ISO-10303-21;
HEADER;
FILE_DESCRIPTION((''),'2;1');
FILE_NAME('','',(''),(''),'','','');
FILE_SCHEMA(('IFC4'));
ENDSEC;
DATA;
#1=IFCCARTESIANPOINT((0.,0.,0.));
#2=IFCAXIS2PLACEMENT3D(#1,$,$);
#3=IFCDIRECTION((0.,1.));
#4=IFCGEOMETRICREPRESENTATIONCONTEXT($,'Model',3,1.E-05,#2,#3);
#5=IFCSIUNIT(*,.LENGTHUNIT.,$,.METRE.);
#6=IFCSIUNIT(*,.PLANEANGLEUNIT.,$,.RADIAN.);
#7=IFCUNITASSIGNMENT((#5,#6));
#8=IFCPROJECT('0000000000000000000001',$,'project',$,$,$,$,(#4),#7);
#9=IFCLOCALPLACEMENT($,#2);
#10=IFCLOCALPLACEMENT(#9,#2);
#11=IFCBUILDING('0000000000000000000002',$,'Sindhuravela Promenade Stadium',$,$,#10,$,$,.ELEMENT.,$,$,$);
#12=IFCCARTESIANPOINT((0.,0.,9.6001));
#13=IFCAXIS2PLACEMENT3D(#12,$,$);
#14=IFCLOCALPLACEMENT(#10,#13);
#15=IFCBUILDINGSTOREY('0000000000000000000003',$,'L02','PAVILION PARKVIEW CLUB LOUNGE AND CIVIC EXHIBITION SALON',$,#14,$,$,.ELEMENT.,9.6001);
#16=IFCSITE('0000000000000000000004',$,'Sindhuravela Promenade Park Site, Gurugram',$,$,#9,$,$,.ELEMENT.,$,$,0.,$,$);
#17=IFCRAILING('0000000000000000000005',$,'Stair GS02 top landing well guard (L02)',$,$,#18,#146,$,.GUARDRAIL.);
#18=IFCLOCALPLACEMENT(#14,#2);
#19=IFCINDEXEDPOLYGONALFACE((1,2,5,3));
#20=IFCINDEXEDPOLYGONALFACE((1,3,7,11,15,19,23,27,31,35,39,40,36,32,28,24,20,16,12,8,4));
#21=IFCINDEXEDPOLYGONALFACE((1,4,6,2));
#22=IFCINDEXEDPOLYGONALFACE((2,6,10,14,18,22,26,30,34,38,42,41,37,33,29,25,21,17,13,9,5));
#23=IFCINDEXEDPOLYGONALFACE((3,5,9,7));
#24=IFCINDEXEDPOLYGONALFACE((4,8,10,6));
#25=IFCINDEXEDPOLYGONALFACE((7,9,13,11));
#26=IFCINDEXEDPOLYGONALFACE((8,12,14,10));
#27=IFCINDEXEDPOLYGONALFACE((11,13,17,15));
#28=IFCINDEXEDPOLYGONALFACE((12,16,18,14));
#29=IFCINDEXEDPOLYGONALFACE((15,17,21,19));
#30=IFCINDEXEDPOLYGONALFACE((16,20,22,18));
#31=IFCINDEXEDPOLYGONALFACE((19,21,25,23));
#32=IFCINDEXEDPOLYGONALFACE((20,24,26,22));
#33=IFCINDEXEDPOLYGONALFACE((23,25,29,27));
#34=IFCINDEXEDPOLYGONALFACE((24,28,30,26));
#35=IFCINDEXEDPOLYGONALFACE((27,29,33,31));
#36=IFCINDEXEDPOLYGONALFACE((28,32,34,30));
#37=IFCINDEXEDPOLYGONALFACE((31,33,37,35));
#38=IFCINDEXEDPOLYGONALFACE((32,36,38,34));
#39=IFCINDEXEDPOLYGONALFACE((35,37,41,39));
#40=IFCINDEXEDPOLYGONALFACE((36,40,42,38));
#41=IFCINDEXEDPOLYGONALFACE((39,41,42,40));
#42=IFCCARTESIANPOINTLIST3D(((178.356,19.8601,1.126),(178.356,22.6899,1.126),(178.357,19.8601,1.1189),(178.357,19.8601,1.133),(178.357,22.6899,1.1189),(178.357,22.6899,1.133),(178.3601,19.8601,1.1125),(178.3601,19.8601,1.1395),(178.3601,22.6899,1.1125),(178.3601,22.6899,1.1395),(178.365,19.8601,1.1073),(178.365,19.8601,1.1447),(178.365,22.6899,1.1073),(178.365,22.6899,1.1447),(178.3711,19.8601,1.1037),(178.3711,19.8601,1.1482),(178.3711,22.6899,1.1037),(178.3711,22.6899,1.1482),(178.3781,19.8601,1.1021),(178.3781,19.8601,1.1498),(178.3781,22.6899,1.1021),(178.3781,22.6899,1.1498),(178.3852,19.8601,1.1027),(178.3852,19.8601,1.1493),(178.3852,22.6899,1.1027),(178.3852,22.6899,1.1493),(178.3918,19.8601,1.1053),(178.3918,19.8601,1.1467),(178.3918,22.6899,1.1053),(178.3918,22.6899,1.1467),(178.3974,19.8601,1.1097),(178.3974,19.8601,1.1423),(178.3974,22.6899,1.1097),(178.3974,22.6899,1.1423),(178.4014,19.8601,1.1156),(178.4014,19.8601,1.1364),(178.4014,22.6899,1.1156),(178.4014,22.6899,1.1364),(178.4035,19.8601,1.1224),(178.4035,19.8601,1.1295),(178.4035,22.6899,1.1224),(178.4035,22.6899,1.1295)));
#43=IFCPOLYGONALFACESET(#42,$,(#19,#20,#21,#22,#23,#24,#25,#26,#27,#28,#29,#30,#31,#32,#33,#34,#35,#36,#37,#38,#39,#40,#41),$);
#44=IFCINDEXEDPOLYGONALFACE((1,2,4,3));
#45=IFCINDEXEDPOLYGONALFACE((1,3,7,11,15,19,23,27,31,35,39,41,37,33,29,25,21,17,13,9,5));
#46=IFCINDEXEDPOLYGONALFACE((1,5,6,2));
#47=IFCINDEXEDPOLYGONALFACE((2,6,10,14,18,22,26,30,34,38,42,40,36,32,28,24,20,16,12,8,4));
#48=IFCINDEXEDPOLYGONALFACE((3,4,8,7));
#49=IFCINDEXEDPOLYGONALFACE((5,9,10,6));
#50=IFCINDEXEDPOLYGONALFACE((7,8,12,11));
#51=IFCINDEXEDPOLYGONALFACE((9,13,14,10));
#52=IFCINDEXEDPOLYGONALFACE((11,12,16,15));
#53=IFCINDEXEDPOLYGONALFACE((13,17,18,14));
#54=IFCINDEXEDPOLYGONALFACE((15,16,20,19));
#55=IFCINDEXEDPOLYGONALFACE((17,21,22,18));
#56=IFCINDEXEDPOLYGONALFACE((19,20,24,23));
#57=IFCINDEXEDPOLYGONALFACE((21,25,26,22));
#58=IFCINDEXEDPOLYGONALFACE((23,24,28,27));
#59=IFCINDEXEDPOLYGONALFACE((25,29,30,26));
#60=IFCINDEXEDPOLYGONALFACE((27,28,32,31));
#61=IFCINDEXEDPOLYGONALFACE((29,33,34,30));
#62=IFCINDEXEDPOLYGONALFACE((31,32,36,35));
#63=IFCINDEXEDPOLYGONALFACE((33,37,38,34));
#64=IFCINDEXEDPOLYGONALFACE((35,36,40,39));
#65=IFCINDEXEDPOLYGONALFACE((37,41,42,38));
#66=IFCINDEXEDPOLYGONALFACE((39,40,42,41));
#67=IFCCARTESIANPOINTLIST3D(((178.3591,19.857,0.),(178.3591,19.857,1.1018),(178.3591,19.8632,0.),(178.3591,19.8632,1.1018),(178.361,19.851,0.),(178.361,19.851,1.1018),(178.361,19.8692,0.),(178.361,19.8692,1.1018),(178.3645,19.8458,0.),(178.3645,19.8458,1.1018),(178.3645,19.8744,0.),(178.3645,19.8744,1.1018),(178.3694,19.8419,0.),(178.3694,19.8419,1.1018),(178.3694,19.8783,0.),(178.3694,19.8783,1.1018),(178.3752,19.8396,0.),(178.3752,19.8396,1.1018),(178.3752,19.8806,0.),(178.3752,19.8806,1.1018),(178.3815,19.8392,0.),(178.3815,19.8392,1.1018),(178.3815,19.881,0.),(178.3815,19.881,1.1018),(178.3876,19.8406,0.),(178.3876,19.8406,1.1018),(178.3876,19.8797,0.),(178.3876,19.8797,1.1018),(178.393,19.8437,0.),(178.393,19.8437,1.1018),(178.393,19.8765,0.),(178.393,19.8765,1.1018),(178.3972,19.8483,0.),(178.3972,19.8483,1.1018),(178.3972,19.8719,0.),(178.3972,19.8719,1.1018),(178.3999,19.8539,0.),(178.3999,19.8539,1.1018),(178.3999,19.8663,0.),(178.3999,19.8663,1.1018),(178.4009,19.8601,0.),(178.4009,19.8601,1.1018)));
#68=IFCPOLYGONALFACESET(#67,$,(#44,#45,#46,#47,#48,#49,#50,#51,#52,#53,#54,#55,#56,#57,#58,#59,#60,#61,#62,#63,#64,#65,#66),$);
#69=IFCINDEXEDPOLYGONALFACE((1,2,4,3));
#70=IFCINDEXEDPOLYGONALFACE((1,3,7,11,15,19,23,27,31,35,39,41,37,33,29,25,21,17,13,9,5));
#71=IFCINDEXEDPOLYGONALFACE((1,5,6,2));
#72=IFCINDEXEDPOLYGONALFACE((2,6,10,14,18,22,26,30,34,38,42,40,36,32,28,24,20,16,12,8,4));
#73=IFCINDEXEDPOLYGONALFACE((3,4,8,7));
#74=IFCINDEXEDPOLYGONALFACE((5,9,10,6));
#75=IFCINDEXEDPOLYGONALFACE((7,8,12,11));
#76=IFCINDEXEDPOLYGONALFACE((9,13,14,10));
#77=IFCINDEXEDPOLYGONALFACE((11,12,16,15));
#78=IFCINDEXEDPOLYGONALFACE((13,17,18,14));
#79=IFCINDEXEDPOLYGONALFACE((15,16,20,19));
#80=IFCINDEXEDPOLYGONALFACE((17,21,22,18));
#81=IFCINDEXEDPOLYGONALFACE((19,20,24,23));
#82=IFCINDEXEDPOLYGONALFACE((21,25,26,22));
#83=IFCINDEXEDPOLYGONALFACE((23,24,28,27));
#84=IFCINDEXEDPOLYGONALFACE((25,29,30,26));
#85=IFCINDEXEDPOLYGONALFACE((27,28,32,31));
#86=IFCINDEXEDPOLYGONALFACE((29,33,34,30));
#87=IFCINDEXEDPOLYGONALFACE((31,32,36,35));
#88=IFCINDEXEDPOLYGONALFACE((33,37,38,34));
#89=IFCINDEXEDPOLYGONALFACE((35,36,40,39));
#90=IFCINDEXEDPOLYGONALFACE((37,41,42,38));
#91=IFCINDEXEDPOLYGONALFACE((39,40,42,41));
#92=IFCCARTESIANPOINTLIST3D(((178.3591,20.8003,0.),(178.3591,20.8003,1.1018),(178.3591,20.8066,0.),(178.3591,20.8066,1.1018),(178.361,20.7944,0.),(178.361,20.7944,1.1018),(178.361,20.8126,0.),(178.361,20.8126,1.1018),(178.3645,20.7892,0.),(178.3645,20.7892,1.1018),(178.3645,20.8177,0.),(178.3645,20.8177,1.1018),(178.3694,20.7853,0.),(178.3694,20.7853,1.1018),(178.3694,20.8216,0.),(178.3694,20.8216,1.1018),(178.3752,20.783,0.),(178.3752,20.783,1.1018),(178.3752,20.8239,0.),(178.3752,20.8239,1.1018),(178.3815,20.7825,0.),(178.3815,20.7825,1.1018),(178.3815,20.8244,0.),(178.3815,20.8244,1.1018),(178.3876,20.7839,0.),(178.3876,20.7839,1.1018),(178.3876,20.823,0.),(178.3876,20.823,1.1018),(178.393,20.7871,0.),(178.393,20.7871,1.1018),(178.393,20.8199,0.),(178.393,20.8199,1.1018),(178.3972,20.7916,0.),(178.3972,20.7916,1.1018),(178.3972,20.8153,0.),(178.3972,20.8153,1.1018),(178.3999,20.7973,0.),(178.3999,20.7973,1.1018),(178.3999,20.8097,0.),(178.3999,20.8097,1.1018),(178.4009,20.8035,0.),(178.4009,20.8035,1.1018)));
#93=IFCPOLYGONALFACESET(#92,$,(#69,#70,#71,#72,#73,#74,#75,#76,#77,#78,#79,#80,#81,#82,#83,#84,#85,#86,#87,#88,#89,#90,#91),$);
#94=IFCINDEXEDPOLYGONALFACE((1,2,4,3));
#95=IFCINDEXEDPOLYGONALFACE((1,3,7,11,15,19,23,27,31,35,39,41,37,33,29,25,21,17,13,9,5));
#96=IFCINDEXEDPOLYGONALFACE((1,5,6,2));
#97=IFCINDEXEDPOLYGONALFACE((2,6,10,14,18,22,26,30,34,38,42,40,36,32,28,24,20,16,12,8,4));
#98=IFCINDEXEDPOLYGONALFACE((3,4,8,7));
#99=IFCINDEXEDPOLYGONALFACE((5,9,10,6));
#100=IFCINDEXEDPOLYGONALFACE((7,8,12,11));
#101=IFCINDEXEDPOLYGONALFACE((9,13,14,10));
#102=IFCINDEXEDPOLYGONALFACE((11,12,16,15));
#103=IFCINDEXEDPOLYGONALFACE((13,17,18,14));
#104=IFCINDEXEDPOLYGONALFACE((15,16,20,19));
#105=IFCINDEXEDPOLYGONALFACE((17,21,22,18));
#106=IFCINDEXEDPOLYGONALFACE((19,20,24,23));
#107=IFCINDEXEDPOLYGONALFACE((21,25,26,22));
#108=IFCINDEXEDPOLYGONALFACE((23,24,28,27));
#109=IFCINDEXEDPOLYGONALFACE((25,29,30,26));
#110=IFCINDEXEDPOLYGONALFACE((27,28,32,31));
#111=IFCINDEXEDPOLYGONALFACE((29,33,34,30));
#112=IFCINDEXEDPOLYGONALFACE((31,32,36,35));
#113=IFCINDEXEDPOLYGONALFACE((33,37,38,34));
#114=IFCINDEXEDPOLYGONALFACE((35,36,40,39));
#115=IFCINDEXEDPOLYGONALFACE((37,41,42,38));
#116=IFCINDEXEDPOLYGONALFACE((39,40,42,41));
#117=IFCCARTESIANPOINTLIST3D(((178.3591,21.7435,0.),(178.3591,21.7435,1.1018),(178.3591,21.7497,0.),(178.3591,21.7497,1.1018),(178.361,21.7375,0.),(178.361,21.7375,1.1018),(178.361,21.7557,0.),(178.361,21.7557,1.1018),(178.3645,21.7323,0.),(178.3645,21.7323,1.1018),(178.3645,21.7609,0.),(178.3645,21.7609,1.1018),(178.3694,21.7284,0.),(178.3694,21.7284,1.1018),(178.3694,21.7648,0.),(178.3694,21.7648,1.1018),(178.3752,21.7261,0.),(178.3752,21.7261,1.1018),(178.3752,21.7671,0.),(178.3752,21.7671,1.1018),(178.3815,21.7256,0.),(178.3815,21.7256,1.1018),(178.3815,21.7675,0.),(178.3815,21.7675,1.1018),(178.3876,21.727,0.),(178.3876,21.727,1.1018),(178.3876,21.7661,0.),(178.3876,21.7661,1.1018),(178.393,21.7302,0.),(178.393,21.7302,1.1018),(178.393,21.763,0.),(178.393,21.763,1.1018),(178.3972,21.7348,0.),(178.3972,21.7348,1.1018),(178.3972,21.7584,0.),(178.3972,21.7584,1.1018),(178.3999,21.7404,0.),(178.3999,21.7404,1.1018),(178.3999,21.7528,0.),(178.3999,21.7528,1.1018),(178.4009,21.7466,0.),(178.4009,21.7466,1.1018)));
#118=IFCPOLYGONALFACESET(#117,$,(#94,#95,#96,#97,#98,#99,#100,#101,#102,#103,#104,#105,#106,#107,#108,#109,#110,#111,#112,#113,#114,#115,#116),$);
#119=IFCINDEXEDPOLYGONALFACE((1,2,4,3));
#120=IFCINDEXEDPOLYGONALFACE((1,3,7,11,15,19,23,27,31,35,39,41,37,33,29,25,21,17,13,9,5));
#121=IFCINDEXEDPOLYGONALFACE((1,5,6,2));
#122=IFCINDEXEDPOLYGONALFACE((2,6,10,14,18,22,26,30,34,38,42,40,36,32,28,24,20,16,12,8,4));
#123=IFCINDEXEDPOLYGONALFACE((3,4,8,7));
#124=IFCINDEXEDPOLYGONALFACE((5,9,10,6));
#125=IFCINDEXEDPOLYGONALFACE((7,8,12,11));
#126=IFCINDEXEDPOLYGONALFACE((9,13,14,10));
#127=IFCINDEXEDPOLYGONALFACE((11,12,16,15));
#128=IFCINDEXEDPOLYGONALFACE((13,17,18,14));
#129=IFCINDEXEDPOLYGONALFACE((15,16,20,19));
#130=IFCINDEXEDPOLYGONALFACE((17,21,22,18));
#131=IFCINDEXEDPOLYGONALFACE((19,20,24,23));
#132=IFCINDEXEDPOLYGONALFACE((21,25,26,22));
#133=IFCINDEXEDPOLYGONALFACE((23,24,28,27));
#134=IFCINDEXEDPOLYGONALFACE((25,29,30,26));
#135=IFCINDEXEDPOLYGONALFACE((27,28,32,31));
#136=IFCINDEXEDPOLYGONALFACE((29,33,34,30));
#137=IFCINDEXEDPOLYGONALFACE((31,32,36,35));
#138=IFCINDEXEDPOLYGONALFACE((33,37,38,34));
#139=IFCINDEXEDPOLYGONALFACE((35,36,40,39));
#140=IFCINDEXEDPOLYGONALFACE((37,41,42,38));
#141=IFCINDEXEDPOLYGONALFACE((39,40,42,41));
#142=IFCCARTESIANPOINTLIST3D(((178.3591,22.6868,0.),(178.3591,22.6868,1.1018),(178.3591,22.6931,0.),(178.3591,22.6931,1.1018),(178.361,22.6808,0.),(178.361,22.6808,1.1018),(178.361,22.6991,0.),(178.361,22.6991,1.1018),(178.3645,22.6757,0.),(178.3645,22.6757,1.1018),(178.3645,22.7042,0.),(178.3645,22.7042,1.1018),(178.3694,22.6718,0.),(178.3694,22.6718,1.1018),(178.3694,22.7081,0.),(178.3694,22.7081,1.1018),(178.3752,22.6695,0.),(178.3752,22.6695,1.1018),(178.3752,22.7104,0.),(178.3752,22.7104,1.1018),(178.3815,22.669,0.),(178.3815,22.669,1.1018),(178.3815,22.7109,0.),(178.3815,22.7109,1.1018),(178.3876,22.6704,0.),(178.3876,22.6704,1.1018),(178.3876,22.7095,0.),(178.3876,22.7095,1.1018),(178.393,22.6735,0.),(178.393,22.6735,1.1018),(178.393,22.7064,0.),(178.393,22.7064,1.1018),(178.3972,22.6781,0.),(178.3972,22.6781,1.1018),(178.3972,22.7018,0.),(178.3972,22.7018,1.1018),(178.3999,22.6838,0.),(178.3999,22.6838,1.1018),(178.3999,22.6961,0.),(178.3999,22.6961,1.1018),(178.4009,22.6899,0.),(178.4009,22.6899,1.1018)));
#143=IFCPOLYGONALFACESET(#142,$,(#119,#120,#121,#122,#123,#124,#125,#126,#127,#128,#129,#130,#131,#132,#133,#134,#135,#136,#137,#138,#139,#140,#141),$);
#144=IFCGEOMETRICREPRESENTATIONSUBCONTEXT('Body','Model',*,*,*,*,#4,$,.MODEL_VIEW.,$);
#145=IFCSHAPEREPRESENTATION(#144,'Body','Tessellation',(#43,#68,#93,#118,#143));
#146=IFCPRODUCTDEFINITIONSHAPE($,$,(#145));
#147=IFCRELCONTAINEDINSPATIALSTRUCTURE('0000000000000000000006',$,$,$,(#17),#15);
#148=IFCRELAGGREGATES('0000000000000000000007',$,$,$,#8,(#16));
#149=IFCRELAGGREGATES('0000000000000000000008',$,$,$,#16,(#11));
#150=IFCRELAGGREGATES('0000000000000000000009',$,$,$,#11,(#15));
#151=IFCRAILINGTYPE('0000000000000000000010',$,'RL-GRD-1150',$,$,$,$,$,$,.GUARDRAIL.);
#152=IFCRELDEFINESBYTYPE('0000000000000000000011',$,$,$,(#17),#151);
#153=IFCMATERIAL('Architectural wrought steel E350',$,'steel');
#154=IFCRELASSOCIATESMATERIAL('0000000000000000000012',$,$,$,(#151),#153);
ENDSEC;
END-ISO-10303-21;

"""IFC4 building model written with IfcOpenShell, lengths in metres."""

from ifc_helpers import new_model, si_unit, direction, frame, origin, origin_2d, place, context, subcontext, project, spatial, circle, extrude, material, type_object, element, save


model = new_model("IFC4")

# Units and contexts
model_context = context("Model", 3, precision=1e-05, world=origin(), true_north=direction((0.0, 1.0)))
body_context = subcontext(model_context, "Body", "Model", "MODEL_VIEW")
ifc_project = project(units=[si_unit("LENGTHUNIT", "METRE"), si_unit("PLANEANGLEUNIT", "RADIAN")], contexts=[model_context])

# Site, building, storey
site_placement = place(None, origin())
site = spatial("IfcSite", under=ifc_project, at=site_placement, Name="Sindhuravela Promenade Park Site, Gurugram", CompositionType="ELEMENT", RefElevation=0.0)
building_placement = place(site_placement, origin())
building = spatial("IfcBuilding", under=site, at=building_placement, Name="Sindhuravela Promenade Stadium", CompositionType="ELEMENT")
storey_placement = place(building_placement, frame((0.0, 0.0, 9.6001)))
storey = spatial("IfcBuildingStorey", under=building, at=storey_placement, Name="L02", Description="PAVILION PARKVIEW CLUB LOUNGE AND CIVIC EXHIBITION SALON", CompositionType="ELEMENT", Elevation=9.6001)

# Shared definitions
ifc_material_1 = material(Name="Architectural wrought steel E350", Category="steel")

# Railing
railing_type = type_object("IfcRailingType", Name="RL-GRD-1150", PredefinedType="GUARDRAIL", material=ifc_material_1)
railing_1_placement = place(storey_placement, frame((178.3799, 19.8601, 0.0)))
element("IfcRailing", 1, at=railing_1_placement, inside=storey, type_object=railing_type, Name="Stair GS02 top landing well guard (L02)", PredefinedType="GUARDRAIL", context=body_context, shape_type="SweptSolid", body=[
    extrude(circle(Radius=0.0239, at=origin_2d()), frame((0.0, 0.0, 1.126), z_axis=(0.0, 1.0, 0.0), x_axis=(-1.0, 0.0, 0.0)), (0.0, 0.0, 1.0), 2.8298),
    extrude(circle(Radius=0.021, at=origin_2d()), origin(), (0.0, 0.0, 1.0), 1.1018),
    extrude(circle(Radius=0.021, at=origin_2d()), frame((0.0, 0.9434, 0.0)), (0.0, 0.0, 1.0), 1.1018),
    extrude(circle(Radius=0.021, at=origin_2d()), frame((0.0, 1.8865, 0.0)), (0.0, 0.0, 1.0), 1.1018),
    extrude(circle(Radius=0.021, at=origin_2d()), frame((0.0, 2.8298, 0.0)), (0.0, 0.0, 1.0), 1.1018),
])

save(model, "model.ifc")
